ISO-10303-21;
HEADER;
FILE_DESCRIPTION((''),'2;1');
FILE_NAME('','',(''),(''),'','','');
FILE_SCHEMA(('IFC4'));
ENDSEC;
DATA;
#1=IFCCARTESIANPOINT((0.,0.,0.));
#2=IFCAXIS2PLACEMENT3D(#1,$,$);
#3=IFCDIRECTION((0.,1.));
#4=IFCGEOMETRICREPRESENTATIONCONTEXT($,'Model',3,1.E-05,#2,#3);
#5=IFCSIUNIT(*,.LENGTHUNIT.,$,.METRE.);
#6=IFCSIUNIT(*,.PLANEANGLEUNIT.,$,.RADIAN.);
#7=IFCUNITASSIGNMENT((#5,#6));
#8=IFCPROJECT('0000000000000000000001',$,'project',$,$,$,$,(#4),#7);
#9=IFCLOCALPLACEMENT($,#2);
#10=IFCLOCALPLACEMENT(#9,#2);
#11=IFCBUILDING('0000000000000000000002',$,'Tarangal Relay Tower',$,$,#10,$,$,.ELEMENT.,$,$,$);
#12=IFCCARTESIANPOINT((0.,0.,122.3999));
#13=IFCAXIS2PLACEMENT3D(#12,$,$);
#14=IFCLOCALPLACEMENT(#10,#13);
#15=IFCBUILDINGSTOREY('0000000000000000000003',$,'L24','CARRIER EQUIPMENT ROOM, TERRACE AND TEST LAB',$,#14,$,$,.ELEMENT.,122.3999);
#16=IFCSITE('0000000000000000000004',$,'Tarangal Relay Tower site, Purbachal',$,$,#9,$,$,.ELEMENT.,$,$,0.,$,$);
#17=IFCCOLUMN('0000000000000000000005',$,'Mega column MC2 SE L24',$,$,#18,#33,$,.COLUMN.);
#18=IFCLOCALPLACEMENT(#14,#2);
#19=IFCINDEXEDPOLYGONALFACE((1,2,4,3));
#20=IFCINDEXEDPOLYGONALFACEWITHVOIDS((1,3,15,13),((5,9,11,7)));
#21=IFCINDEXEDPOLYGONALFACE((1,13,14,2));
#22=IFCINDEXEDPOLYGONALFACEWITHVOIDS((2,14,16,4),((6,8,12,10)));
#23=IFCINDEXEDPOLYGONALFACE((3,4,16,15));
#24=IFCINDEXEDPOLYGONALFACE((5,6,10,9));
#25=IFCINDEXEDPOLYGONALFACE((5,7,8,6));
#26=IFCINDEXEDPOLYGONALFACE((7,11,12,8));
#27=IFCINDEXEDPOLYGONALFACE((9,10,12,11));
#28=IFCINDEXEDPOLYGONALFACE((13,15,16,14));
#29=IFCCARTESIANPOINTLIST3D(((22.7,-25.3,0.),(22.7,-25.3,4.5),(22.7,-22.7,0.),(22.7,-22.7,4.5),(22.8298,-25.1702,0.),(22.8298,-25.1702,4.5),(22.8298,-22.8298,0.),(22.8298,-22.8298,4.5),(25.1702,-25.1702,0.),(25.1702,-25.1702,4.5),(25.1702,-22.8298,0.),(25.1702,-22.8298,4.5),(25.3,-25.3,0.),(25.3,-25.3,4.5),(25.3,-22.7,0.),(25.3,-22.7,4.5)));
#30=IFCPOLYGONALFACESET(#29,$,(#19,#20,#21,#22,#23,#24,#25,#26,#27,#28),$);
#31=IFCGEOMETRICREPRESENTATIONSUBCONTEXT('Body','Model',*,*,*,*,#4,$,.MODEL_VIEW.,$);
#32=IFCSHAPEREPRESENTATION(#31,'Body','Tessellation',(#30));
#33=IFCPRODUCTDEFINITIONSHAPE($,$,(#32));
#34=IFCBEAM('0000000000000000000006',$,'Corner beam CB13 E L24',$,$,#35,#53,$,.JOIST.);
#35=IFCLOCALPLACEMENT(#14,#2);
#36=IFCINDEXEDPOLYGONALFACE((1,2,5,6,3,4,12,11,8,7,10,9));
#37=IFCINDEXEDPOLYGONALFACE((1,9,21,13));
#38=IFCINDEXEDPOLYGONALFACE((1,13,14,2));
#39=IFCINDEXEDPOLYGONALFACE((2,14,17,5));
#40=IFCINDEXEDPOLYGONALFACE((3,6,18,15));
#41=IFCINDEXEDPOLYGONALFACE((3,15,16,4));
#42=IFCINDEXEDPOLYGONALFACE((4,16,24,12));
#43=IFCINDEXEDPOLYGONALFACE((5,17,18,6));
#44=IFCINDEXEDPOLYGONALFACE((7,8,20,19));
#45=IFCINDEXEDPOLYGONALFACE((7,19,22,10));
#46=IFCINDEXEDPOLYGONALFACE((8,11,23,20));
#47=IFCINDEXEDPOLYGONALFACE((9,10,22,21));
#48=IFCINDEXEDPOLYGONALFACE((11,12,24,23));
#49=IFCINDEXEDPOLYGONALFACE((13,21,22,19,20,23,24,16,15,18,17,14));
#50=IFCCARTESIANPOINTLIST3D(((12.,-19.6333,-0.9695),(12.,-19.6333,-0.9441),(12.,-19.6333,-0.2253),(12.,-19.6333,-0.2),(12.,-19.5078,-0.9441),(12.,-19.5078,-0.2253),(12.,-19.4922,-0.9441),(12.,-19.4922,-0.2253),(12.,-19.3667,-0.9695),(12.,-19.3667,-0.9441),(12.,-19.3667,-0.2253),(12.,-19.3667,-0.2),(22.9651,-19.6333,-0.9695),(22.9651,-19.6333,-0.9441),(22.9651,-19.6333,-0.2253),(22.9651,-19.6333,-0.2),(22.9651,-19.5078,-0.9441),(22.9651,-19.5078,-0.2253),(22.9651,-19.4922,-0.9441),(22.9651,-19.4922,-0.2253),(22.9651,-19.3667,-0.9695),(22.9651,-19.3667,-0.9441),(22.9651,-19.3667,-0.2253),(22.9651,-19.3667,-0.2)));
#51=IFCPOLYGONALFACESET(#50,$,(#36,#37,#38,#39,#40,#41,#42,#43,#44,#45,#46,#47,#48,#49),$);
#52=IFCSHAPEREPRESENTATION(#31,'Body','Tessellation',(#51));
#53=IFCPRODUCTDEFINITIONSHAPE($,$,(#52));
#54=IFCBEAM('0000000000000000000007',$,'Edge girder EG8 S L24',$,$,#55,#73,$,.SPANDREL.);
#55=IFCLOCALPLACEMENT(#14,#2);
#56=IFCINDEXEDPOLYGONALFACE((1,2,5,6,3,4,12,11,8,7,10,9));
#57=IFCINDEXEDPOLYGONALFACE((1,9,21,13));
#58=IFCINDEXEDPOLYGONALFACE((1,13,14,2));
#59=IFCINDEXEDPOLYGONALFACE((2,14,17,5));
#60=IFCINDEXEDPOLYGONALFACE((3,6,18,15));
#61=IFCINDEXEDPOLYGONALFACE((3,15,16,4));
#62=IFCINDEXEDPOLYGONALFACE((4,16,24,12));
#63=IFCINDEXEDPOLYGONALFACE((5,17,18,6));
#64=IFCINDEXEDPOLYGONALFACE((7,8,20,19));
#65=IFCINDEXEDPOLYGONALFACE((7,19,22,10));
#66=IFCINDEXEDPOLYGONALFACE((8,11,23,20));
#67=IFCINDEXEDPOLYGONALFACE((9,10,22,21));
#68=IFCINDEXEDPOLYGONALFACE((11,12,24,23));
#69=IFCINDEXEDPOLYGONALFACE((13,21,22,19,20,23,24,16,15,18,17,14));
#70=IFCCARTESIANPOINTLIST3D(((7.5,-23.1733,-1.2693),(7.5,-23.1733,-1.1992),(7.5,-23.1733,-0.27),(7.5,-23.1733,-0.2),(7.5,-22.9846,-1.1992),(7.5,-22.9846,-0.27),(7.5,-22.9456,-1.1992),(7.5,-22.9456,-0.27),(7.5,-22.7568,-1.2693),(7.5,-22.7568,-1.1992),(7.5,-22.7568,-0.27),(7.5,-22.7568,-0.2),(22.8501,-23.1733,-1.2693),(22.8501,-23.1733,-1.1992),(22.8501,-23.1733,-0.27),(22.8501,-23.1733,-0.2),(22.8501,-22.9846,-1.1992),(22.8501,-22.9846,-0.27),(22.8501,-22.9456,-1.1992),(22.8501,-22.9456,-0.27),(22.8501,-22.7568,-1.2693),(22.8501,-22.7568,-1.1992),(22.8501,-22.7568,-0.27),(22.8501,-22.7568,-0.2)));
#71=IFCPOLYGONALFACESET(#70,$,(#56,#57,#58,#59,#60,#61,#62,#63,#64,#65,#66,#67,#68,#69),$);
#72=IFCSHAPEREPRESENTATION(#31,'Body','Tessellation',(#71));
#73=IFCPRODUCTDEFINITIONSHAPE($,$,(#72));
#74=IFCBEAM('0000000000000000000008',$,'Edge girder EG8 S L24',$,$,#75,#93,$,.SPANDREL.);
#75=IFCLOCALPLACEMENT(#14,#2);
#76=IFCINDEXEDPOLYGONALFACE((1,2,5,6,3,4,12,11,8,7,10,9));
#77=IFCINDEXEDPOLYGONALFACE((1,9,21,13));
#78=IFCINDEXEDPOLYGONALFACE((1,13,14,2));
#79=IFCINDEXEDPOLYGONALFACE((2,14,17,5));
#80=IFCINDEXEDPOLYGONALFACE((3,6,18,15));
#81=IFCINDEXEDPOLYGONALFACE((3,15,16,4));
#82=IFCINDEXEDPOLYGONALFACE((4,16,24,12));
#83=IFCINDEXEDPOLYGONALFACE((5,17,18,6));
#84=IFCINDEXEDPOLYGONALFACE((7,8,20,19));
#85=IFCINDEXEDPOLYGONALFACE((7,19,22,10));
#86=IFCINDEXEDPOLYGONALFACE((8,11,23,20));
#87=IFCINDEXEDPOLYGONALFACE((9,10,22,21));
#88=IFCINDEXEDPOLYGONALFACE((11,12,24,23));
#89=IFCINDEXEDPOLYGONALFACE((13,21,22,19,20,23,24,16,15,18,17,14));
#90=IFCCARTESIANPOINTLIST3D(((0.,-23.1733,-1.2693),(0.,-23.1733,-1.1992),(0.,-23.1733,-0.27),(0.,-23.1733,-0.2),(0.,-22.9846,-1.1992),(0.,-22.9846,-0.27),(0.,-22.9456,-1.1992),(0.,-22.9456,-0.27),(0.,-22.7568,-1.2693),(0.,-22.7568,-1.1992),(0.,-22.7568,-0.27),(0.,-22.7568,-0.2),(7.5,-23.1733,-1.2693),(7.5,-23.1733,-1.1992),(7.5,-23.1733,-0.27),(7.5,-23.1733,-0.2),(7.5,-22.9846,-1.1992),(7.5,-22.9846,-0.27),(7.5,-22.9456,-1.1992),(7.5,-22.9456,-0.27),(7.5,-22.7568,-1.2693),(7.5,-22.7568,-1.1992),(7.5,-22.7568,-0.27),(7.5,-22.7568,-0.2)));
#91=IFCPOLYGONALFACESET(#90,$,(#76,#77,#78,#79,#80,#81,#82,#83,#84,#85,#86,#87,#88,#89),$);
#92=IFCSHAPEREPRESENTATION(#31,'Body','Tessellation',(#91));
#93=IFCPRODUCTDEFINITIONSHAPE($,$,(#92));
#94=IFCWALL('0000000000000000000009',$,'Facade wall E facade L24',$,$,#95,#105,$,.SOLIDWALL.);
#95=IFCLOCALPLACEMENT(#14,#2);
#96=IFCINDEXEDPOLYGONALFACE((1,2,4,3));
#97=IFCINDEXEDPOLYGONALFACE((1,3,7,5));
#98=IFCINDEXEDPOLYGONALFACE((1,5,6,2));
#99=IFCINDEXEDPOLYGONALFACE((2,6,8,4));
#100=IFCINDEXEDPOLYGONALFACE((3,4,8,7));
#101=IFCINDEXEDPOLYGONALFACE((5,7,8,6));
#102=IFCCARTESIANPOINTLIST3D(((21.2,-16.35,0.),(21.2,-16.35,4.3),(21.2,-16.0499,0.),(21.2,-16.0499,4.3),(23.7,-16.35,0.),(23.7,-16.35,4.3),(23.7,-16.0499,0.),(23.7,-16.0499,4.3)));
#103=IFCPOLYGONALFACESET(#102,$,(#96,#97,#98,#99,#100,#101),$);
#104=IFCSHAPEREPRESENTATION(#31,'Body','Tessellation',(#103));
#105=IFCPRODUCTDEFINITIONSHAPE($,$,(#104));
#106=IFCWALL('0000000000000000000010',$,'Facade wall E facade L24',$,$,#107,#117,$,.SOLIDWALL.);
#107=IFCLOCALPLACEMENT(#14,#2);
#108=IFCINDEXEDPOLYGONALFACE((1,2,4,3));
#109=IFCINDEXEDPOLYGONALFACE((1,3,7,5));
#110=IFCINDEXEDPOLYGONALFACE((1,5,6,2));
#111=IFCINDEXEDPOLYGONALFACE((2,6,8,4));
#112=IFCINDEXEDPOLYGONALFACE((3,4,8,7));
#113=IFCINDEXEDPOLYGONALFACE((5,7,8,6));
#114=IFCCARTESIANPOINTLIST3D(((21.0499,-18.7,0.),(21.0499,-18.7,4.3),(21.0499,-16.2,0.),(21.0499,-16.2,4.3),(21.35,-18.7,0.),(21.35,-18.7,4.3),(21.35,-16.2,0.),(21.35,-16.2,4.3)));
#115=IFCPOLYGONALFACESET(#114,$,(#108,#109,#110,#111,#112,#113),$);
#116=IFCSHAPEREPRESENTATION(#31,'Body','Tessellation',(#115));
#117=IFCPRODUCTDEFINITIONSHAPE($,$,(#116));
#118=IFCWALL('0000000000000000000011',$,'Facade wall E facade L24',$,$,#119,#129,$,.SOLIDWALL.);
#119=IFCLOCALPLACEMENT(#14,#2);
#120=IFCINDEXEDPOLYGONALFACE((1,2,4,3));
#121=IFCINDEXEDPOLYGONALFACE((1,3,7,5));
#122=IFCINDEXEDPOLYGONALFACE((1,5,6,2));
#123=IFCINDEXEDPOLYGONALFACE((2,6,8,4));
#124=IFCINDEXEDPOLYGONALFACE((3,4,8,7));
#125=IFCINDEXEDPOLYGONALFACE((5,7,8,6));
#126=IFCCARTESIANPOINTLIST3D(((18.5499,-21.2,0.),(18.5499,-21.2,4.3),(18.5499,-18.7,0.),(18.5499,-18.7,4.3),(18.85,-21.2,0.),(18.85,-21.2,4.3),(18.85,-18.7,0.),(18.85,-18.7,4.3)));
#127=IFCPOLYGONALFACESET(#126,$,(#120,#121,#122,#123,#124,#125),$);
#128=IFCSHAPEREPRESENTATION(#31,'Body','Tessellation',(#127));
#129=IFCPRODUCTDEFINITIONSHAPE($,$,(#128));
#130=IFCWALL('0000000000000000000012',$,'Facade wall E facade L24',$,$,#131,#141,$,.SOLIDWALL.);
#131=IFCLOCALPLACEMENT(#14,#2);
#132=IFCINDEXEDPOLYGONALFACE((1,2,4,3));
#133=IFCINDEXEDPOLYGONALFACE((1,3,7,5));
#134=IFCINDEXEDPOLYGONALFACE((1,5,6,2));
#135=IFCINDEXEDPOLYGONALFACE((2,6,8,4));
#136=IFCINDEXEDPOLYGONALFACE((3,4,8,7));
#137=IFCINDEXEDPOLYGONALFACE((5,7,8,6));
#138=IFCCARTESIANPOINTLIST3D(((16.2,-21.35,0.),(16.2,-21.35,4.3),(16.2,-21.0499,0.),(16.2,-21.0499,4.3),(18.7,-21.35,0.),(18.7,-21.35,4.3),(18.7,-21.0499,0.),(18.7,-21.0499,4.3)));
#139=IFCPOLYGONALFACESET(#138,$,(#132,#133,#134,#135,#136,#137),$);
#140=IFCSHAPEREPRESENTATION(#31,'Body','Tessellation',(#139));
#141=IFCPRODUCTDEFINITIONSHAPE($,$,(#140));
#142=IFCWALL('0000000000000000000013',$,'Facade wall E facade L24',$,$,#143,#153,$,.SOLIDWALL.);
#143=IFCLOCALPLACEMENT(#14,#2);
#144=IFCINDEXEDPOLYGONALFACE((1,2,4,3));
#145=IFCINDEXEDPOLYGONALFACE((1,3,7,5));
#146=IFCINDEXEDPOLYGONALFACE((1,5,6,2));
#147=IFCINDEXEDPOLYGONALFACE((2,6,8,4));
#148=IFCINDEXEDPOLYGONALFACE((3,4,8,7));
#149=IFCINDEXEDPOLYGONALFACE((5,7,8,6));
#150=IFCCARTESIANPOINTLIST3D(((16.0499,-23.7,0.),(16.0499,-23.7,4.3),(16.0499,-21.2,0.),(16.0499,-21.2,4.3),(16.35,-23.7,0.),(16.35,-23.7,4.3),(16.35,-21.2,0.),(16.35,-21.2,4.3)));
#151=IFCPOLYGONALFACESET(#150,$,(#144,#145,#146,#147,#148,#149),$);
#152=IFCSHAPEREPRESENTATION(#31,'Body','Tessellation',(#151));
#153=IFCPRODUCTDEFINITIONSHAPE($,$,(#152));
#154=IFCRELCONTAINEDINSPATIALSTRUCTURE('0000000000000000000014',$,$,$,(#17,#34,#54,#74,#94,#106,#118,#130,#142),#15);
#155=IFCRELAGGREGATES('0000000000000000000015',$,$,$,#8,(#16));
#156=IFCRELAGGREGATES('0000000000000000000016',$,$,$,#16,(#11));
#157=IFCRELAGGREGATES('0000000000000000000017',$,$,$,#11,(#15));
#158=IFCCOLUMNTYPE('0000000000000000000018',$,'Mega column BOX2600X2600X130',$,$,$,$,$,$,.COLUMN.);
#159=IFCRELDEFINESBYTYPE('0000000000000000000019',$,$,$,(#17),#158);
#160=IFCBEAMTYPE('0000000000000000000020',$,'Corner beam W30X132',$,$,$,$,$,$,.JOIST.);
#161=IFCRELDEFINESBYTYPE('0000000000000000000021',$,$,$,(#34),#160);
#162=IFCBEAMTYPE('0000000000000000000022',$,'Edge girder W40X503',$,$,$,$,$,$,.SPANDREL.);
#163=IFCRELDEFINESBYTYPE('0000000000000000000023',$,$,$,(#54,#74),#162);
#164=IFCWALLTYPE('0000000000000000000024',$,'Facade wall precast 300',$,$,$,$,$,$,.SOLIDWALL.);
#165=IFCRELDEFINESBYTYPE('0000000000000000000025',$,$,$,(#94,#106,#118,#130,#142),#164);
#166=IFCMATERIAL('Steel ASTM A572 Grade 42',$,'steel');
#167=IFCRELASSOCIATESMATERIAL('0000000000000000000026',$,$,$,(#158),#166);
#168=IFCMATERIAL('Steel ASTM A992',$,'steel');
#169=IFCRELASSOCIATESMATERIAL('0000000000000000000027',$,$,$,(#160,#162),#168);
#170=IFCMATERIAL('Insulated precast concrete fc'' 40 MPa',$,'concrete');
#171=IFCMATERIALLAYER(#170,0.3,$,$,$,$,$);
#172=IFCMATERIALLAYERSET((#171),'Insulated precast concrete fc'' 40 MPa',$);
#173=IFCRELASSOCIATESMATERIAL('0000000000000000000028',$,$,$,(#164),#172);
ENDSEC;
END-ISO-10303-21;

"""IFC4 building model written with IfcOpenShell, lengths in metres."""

from ifc_helpers import new_model, si_unit, direction, frame, frame_2d, origin, origin_2d, place, context, subcontext, project, spatial, rectangle, hollow_rectangle, i_section, extrude, material, layer, layer_set, material_profile, profile_set, type_object, element, save


model = new_model("IFC4")

# Units and contexts
model_context = context("Model", 3, precision=1e-05, world=origin(), true_north=direction((0.0, 1.0)))
body_context = subcontext(model_context, "Body", "Model", "MODEL_VIEW")
ifc_project = project(units=[si_unit("LENGTHUNIT", "METRE"), si_unit("PLANEANGLEUNIT", "RADIAN")], contexts=[model_context])

# Site, building, storey
site_placement = place(None, origin())
site = spatial("IfcSite", under=ifc_project, at=site_placement, Name="Tarangal Relay Tower site, Purbachal", CompositionType="ELEMENT", RefElevation=0.0)
building_placement = place(site_placement, origin())
building = spatial("IfcBuilding", under=site, at=building_placement, Name="Tarangal Relay Tower", CompositionType="ELEMENT")
storey_placement = place(building_placement, frame((0.0, 0.0, 122.3999)))
storey = spatial("IfcBuildingStorey", under=building, at=storey_placement, Name="L24", Description="CARRIER EQUIPMENT ROOM, TERRACE AND TEST LAB", CompositionType="ELEMENT", Elevation=122.3999)

# Column
ifc_material_1 = material(Name="Steel ASTM A572 Grade 42", Category="steel")
ifc_material_profile_1 = material_profile(ifc_material_1, hollow_rectangle(XDim=2.6001, YDim=2.6001, WallThickness=0.1299, at=origin_2d()), Name="BOX2600X2600X130")
ifc_profile_set_1 = profile_set([ifc_material_profile_1], Name="Steel ASTM A572 Grade 42")
column_type = type_object("IfcColumnType", Name="Mega column BOX2600X2600X130", PredefinedType="COLUMN", material=ifc_profile_set_1)
column_placement = place(storey_placement, frame((24.0, -24.0, 0.0), z_axis=(0.0, 0.0, 1.0), x_axis=(1.0, 0.0, 0.0)))
element("IfcColumn", 1, at=column_placement, inside=storey, type_object=column_type, Name="Mega column MC2 SE L24", PredefinedType="COLUMN", context=body_context, shape_type="SweptSolid", body=[
    extrude(hollow_rectangle(XDim=2.6001, YDim=2.6001, WallThickness=0.1299, at=origin_2d()), origin(), (0.0, 0.0, 1.0), 4.5),
])

# Beams
ifc_material_2 = material(Name="Steel ASTM A992", Category="steel")
ifc_material_profile_2 = material_profile(ifc_material_2, i_section(OverallWidth=0.2666, OverallDepth=0.7695, WebThickness=0.0156, FlangeThickness=0.0254, at=origin_2d()), Name="W30X132")
ifc_profile_set_2 = profile_set([ifc_material_profile_2], Name="Steel ASTM A992")
beam_type_1 = type_object("IfcBeamType", Name="Corner beam W30X132", PredefinedType="JOIST", material=ifc_profile_set_2)
beam_1_placement = place(storey_placement, frame((12.0, -19.5, -0.5847), z_axis=(1.0, 0.0, 0.0), x_axis=(0.0, 1.0, 0.0)))
element("IfcBeam", 2, at=beam_1_placement, inside=storey, type_object=beam_type_1, Name="Corner beam CB13 E L24", PredefinedType="JOIST", context=body_context, shape_type="SweptSolid", body=[
    extrude(i_section(OverallWidth=0.2666, OverallDepth=0.7695, WebThickness=0.0156, FlangeThickness=0.0254, at=origin_2d()), origin(), (0.0, 0.0, 1.0), 10.9651),
])
ifc_material_profile_3 = material_profile(ifc_material_2, i_section(OverallWidth=0.4165, OverallDepth=1.0693, WebThickness=0.0391, FlangeThickness=0.0701, at=origin_2d()), Name="W40X503")
ifc_profile_set_3 = profile_set([ifc_material_profile_3], Name="Steel ASTM A992")
beam_type_2 = type_object("IfcBeamType", Name="Edge girder W40X503", PredefinedType="SPANDREL", material=ifc_profile_set_3)
beam_2_placement = place(storey_placement, frame((22.8501, -22.9651, -0.7346), z_axis=(-1.0, 0.0, 0.0), x_axis=(0.0, -1.0, 0.0)))
element("IfcBeam", 3, at=beam_2_placement, inside=storey, type_object=beam_type_2, Name="Edge girder EG8 S L24", PredefinedType="SPANDREL", context=body_context, shape_type="SweptSolid", body=[
    extrude(i_section(OverallWidth=0.4165, OverallDepth=1.0693, WebThickness=0.0391, FlangeThickness=0.0701, at=origin_2d()), origin(), (0.0, 0.0, 1.0), 15.3501),
])
beam_3_placement = place(storey_placement, frame((7.5, -22.9651, -0.7346), z_axis=(-1.0, 0.0, 0.0), x_axis=(0.0, -1.0, 0.0)))
element("IfcBeam", 4, at=beam_3_placement, inside=storey, type_object=beam_type_2, Name="Edge girder EG8 S L24", PredefinedType="SPANDREL", context=body_context, shape_type="SweptSolid", body=[
    extrude(i_section(OverallWidth=0.4165, OverallDepth=1.0693, WebThickness=0.0391, FlangeThickness=0.0701, at=origin_2d()), origin(), (0.0, 0.0, 1.0), 7.5),
])

# Walls
ifc_material_3 = material(Name="Insulated precast concrete fc' 40 MPa", Category="concrete")
ifc_layer_1 = layer(ifc_material_3, 0.3)
ifc_layer_set_1 = layer_set([ifc_layer_1], Name="Insulated precast concrete fc' 40 MPa")
wall_type_1 = type_object("IfcWallType", Name="Facade wall precast 300", PredefinedType="SOLIDWALL", material=ifc_layer_set_1)
for number, where, z_axis, x_axis, name in (
    (5, (23.7, -16.2, 0.0), (0.0, 0.0, 1.0), (-1.0, 0.0, 0.0), "Facade wall E facade L24"),
    (6, (21.2, -16.2, 0.0), (0.0, 0.0, 1.0), (0.0, -1.0, 0.0), "Facade wall E facade L24"),
):
    element("IfcWall", number, at=place(storey_placement, frame(where, z_axis=z_axis, x_axis=x_axis)), inside=storey, type_object=wall_type_1, Name=name, PredefinedType="SOLIDWALL", context=body_context, shape_type="SweptSolid", body=[
        extrude(rectangle(XDim=2.5, YDim=0.3, at=frame_2d((1.25, 0.0))), origin(), (0.0, 0.0, 1.0), 4.3),
    ])

# Walls
for number, where, z_axis, x_axis, name in (
    (7, (18.7, -18.7, 0.0), (0.0, 0.0, 1.0), (0.0, -1.0, 0.0), "Facade wall E facade L24"),
    (8, (18.7, -21.2, 0.0), (0.0, 0.0, 1.0), (-1.0, 0.0, 0.0), "Facade wall E facade L24"),
    (9, (16.2, -21.2, 0.0), (0.0, 0.0, 1.0), (0.0, -1.0, 0.0), "Facade wall E facade L24"),
):
    element("IfcWall", number, at=place(storey_placement, frame(where, z_axis=z_axis, x_axis=x_axis)), inside=storey, type_object=wall_type_1, Name=name, PredefinedType="SOLIDWALL", context=body_context, shape_type="SweptSolid", body=[
        extrude(rectangle(XDim=2.5, YDim=0.3, at=frame_2d((1.25, 0.0))), origin(), (0.0, 0.0, 1.0), 4.3),
    ])

save(model, "model.ifc")
